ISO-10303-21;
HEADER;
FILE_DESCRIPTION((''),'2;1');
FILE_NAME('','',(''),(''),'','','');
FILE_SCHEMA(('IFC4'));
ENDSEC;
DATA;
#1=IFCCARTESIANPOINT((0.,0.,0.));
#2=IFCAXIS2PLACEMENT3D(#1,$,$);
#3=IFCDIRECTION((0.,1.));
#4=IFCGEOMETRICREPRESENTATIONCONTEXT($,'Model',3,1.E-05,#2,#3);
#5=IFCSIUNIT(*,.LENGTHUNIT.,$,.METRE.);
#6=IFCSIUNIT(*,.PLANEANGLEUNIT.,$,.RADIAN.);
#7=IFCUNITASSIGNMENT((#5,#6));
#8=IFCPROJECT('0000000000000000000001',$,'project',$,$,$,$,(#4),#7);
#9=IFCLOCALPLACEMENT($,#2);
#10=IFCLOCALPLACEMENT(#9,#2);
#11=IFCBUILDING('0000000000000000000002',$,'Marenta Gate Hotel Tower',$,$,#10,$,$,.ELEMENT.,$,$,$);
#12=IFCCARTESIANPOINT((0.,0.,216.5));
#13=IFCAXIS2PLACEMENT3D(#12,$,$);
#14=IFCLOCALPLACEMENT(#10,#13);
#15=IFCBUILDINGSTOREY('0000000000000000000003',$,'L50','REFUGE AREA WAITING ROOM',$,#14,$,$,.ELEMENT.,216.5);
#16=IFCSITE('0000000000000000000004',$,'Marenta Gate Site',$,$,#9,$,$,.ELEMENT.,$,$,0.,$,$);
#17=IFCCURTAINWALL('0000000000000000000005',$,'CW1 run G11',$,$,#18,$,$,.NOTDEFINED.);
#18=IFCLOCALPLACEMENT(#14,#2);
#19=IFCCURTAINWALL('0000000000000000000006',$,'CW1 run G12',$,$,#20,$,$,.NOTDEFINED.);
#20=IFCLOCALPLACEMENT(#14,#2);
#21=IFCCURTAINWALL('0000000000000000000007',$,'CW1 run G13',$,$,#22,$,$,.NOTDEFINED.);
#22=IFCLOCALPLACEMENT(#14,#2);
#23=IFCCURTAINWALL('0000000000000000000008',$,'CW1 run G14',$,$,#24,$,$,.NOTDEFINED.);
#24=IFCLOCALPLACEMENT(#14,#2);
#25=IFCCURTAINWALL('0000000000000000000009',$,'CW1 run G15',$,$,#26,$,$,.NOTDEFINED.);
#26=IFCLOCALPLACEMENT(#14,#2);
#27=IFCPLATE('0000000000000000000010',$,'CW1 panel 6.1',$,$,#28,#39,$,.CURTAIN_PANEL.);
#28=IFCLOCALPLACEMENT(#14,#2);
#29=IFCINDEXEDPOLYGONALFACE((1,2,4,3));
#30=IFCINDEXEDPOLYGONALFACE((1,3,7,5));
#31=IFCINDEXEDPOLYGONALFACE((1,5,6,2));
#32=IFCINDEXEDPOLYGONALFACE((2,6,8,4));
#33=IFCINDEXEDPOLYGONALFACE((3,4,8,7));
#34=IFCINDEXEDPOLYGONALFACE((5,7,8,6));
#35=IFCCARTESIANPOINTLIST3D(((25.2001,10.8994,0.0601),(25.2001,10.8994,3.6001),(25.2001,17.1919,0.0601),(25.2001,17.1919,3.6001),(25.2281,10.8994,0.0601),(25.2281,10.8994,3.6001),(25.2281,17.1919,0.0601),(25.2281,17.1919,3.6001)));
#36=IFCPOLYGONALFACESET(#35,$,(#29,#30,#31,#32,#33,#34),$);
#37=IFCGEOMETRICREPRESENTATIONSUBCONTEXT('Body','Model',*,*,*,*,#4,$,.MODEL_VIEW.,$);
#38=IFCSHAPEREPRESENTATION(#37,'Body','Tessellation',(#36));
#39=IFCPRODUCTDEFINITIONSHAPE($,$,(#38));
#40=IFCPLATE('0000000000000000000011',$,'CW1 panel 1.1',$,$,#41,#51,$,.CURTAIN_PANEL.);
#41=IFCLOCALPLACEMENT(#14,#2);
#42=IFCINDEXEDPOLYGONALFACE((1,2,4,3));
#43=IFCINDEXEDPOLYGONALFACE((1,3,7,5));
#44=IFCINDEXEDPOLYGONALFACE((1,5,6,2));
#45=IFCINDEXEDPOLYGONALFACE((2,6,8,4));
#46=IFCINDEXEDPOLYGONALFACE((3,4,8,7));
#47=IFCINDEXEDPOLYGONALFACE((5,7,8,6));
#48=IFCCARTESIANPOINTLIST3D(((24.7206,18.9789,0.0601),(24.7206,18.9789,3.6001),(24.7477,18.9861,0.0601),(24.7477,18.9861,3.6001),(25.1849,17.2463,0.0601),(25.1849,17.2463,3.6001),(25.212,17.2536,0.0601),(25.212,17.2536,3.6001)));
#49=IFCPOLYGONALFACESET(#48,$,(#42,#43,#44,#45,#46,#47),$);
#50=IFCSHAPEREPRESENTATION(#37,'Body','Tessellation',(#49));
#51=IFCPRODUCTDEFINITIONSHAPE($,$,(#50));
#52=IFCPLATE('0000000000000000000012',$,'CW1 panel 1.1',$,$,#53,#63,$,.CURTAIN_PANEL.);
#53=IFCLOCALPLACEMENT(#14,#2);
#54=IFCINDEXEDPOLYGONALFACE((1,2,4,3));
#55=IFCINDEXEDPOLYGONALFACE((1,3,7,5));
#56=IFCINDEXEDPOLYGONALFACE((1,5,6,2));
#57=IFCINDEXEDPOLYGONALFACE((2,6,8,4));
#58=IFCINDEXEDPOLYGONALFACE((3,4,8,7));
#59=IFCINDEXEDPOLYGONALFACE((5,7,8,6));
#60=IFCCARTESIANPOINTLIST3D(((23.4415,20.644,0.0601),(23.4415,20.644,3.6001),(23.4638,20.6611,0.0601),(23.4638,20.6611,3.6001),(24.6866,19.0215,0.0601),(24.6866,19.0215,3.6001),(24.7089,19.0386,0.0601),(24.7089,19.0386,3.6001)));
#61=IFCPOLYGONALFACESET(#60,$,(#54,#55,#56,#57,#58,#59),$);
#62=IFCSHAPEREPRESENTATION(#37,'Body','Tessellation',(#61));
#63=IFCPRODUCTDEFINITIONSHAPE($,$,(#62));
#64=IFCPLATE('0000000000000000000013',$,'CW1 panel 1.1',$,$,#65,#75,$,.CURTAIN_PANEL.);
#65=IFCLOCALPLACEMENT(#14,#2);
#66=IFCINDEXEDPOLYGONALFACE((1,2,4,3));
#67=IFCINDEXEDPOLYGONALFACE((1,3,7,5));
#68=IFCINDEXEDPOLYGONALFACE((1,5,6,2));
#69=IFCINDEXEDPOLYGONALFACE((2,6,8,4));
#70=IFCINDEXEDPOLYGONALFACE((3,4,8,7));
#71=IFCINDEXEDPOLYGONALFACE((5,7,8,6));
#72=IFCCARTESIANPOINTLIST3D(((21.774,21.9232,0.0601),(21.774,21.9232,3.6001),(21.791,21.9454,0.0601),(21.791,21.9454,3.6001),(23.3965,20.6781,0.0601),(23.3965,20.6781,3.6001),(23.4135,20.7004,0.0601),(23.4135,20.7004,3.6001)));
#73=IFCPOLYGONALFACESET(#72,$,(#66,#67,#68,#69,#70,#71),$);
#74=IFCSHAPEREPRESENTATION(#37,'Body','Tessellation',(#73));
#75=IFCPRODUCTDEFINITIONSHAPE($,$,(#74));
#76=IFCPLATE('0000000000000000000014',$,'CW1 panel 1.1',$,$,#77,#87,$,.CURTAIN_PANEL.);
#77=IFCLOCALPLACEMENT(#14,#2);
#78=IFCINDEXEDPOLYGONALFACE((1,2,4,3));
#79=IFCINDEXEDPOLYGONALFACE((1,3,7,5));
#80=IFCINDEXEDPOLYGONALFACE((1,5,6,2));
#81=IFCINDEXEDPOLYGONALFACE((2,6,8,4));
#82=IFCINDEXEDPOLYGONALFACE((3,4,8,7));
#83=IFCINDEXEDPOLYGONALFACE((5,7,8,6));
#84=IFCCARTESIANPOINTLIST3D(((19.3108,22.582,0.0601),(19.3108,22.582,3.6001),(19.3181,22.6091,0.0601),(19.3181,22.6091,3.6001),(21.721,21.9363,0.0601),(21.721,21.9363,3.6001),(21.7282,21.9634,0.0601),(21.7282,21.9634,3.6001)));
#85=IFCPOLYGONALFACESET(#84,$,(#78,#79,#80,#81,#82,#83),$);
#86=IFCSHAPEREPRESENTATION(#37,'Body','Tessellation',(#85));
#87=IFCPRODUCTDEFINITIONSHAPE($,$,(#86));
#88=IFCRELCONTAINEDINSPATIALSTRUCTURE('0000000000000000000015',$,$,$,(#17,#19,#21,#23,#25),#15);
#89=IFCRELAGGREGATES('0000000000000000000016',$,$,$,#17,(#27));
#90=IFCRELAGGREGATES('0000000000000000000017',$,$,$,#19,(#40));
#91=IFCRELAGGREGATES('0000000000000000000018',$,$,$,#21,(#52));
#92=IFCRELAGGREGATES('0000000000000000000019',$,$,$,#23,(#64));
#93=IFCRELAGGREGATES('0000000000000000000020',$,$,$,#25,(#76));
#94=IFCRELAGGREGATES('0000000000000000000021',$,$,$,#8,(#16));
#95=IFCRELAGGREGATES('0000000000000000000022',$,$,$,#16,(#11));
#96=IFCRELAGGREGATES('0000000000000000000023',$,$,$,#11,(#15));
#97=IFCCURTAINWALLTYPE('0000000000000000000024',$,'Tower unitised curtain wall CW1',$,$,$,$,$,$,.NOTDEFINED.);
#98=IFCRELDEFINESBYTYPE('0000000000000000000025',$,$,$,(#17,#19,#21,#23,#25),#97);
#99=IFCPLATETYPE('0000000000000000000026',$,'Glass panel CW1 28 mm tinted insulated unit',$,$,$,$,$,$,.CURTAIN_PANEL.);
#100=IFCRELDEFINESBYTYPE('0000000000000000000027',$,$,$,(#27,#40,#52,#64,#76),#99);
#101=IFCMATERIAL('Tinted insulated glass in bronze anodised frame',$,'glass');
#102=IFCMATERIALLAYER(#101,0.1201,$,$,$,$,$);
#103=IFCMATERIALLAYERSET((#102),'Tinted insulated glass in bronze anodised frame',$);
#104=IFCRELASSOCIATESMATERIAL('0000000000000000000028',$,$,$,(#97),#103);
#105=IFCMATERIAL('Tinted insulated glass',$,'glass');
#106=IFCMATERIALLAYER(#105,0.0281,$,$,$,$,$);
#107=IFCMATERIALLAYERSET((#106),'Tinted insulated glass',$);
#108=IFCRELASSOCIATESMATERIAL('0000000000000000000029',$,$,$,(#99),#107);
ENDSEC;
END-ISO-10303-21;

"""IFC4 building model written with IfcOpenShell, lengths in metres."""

from ifc_helpers import new_model, si_unit, direction, frame, origin, origin_2d, place, context, subcontext, project, spatial, rectangle, extrude, material, layer, layer_set, type_object, element, aggregate, save


model = new_model("IFC4")

# Units and contexts
model_context = context("Model", 3, precision=1e-05, world=origin(), true_north=direction((0.0, 1.0)))
body_context = subcontext(model_context, "Body", "Model", "MODEL_VIEW")
ifc_project = project(units=[si_unit("LENGTHUNIT", "METRE"), si_unit("PLANEANGLEUNIT", "RADIAN")], contexts=[model_context])

# Site, building, storey
site_placement = place(None, origin())
site = spatial("IfcSite", under=ifc_project, at=site_placement, Name="Marenta Gate Site", CompositionType="ELEMENT", RefElevation=0.0)
building_placement = place(site_placement, origin())
building = spatial("IfcBuilding", under=site, at=building_placement, Name="Marenta Gate Hotel Tower", CompositionType="ELEMENT")
storey_placement = place(building_placement, frame((0.0, 0.0, 216.5)))
storey = spatial("IfcBuildingStorey", under=building, at=storey_placement, Name="L50", Description="REFUGE AREA WAITING ROOM", CompositionType="ELEMENT", Elevation=216.5)

# Curtain walls
ifc_material_1 = material(Name="Tinted insulated glass in bronze anodised frame", Category="glass")
ifc_layer_1 = layer(ifc_material_1, 0.1201)
ifc_layer_set_1 = layer_set([ifc_layer_1], Name="Tinted insulated glass in bronze anodised frame")
curtain_wall_type = type_object("IfcCurtainWallType", Name="Tower unitised curtain wall CW1", PredefinedType="NOTDEFINED", material=ifc_layer_set_1)
curtain_wall_1_placement = place(storey_placement, origin())
curtain_wall_1 = element("IfcCurtainWall", 1, at=curtain_wall_1_placement, inside=storey, type_object=curtain_wall_type, Name="CW1 run G11", PredefinedType="NOTDEFINED")
curtain_wall_2_placement = place(storey_placement, origin())
curtain_wall_2 = element("IfcCurtainWall", 2, at=curtain_wall_2_placement, inside=storey, type_object=curtain_wall_type, Name="CW1 run G12", PredefinedType="NOTDEFINED")
curtain_wall_3_placement = place(storey_placement, origin())
curtain_wall_3 = element("IfcCurtainWall", 3, at=curtain_wall_3_placement, inside=storey, type_object=curtain_wall_type, Name="CW1 run G13", PredefinedType="NOTDEFINED")
curtain_wall_4_placement = place(storey_placement, origin())
curtain_wall_4 = element("IfcCurtainWall", 4, at=curtain_wall_4_placement, inside=storey, type_object=curtain_wall_type, Name="CW1 run G14", PredefinedType="NOTDEFINED")

# Curtain wall
curtain_wall_5_placement = place(storey_placement, origin())
curtain_wall_5 = element("IfcCurtainWall", 5, at=curtain_wall_5_placement, inside=storey, type_object=curtain_wall_type, Name="CW1 run G15", PredefinedType="NOTDEFINED")

# Plates
ifc_material_2 = material(Name="Tinted insulated glass", Category="glass")
ifc_layer_2 = layer(ifc_material_2, 0.0281)
ifc_layer_set_2 = layer_set([ifc_layer_2], Name="Tinted insulated glass")
plate_type = type_object("IfcPlateType", Name="Glass panel CW1 28 mm tinted insulated unit", PredefinedType="CURTAIN_PANEL", material=ifc_layer_set_2)
plate_1_placement = place(storey_placement, frame((25.2141, 14.0457, 0.0601), z_axis=(0.0, 0.0, 1.0), x_axis=(0.0, 1.0, 0.0)))
plate_1 = element("IfcPlate", 6, at=plate_1_placement, type_object=plate_type, Name="CW1 panel 6.1", PredefinedType="CURTAIN_PANEL", context=body_context, shape_type="SweptSolid", body=[
    extrude(rectangle(XDim=6.2925, YDim=0.0281, at=origin_2d()), origin(), (0.0, 0.0, 1.0), 3.54),
])
aggregate(curtain_wall_1, [plate_1])
plate_2_placement = place(storey_placement, frame((24.9663, 18.1162, 0.0601), z_axis=(0.0, 0.0, 1.0), x_axis=(-0.258824, 0.965924, 0.0)))
plate_2 = element("IfcPlate", 7, at=plate_2_placement, type_object=plate_type, Name="CW1 panel 1.1", PredefinedType="CURTAIN_PANEL", context=body_context, shape_type="SweptSolid", body=[
    extrude(rectangle(XDim=1.7937, YDim=0.0281, at=origin_2d()), origin(), (0.0, 0.0, 1.0), 3.54),
])
aggregate(curtain_wall_2, [plate_2])
plate_3_placement = place(storey_placement, frame((24.0752, 19.8413, 0.0601), z_axis=(0.0, 0.0, 1.0), x_axis=(-0.608787, 0.793333, 0.0)))
plate_3 = element("IfcPlate", 8, at=plate_3_placement, type_object=plate_type, Name="CW1 panel 1.1", PredefinedType="CURTAIN_PANEL", context=body_context, shape_type="SweptSolid", body=[
    extrude(rectangle(XDim=2.0452, YDim=0.0281, at=origin_2d()), origin(), (0.0, 0.0, 1.0), 3.54),
])
aggregate(curtain_wall_3, [plate_3])
plate_4_placement = place(storey_placement, frame((22.5938, 21.3118, 0.0601), z_axis=(0.0, 0.0, 1.0), x_axis=(-0.793333, 0.608787, 0.0)))
plate_4 = element("IfcPlate", 9, at=plate_4_placement, type_object=plate_type, Name="CW1 panel 1.1", PredefinedType="CURTAIN_PANEL", context=body_context, shape_type="SweptSolid", body=[
    extrude(rectangle(XDim=2.0452, YDim=0.0281, at=origin_2d()), origin(), (0.0, 0.0, 1.0), 3.54),
])
aggregate(curtain_wall_4, [plate_4])
plate_5_placement = place(storey_placement, frame((20.5195, 22.2727, 0.0601), z_axis=(0.0, 0.0, 1.0), x_axis=(-0.96593, 0.258805, 0.0)))
plate_5 = element("IfcPlate", 10, at=plate_5_placement, type_object=plate_type, Name="CW1 panel 1.1", PredefinedType="CURTAIN_PANEL", context=body_context, shape_type="SweptSolid", body=[
    extrude(rectangle(XDim=2.4951, YDim=0.0281, at=origin_2d()), origin(), (0.0, 0.0, 1.0), 3.54),
])
aggregate(curtain_wall_5, [plate_5])

save(model, "model.ifc")
